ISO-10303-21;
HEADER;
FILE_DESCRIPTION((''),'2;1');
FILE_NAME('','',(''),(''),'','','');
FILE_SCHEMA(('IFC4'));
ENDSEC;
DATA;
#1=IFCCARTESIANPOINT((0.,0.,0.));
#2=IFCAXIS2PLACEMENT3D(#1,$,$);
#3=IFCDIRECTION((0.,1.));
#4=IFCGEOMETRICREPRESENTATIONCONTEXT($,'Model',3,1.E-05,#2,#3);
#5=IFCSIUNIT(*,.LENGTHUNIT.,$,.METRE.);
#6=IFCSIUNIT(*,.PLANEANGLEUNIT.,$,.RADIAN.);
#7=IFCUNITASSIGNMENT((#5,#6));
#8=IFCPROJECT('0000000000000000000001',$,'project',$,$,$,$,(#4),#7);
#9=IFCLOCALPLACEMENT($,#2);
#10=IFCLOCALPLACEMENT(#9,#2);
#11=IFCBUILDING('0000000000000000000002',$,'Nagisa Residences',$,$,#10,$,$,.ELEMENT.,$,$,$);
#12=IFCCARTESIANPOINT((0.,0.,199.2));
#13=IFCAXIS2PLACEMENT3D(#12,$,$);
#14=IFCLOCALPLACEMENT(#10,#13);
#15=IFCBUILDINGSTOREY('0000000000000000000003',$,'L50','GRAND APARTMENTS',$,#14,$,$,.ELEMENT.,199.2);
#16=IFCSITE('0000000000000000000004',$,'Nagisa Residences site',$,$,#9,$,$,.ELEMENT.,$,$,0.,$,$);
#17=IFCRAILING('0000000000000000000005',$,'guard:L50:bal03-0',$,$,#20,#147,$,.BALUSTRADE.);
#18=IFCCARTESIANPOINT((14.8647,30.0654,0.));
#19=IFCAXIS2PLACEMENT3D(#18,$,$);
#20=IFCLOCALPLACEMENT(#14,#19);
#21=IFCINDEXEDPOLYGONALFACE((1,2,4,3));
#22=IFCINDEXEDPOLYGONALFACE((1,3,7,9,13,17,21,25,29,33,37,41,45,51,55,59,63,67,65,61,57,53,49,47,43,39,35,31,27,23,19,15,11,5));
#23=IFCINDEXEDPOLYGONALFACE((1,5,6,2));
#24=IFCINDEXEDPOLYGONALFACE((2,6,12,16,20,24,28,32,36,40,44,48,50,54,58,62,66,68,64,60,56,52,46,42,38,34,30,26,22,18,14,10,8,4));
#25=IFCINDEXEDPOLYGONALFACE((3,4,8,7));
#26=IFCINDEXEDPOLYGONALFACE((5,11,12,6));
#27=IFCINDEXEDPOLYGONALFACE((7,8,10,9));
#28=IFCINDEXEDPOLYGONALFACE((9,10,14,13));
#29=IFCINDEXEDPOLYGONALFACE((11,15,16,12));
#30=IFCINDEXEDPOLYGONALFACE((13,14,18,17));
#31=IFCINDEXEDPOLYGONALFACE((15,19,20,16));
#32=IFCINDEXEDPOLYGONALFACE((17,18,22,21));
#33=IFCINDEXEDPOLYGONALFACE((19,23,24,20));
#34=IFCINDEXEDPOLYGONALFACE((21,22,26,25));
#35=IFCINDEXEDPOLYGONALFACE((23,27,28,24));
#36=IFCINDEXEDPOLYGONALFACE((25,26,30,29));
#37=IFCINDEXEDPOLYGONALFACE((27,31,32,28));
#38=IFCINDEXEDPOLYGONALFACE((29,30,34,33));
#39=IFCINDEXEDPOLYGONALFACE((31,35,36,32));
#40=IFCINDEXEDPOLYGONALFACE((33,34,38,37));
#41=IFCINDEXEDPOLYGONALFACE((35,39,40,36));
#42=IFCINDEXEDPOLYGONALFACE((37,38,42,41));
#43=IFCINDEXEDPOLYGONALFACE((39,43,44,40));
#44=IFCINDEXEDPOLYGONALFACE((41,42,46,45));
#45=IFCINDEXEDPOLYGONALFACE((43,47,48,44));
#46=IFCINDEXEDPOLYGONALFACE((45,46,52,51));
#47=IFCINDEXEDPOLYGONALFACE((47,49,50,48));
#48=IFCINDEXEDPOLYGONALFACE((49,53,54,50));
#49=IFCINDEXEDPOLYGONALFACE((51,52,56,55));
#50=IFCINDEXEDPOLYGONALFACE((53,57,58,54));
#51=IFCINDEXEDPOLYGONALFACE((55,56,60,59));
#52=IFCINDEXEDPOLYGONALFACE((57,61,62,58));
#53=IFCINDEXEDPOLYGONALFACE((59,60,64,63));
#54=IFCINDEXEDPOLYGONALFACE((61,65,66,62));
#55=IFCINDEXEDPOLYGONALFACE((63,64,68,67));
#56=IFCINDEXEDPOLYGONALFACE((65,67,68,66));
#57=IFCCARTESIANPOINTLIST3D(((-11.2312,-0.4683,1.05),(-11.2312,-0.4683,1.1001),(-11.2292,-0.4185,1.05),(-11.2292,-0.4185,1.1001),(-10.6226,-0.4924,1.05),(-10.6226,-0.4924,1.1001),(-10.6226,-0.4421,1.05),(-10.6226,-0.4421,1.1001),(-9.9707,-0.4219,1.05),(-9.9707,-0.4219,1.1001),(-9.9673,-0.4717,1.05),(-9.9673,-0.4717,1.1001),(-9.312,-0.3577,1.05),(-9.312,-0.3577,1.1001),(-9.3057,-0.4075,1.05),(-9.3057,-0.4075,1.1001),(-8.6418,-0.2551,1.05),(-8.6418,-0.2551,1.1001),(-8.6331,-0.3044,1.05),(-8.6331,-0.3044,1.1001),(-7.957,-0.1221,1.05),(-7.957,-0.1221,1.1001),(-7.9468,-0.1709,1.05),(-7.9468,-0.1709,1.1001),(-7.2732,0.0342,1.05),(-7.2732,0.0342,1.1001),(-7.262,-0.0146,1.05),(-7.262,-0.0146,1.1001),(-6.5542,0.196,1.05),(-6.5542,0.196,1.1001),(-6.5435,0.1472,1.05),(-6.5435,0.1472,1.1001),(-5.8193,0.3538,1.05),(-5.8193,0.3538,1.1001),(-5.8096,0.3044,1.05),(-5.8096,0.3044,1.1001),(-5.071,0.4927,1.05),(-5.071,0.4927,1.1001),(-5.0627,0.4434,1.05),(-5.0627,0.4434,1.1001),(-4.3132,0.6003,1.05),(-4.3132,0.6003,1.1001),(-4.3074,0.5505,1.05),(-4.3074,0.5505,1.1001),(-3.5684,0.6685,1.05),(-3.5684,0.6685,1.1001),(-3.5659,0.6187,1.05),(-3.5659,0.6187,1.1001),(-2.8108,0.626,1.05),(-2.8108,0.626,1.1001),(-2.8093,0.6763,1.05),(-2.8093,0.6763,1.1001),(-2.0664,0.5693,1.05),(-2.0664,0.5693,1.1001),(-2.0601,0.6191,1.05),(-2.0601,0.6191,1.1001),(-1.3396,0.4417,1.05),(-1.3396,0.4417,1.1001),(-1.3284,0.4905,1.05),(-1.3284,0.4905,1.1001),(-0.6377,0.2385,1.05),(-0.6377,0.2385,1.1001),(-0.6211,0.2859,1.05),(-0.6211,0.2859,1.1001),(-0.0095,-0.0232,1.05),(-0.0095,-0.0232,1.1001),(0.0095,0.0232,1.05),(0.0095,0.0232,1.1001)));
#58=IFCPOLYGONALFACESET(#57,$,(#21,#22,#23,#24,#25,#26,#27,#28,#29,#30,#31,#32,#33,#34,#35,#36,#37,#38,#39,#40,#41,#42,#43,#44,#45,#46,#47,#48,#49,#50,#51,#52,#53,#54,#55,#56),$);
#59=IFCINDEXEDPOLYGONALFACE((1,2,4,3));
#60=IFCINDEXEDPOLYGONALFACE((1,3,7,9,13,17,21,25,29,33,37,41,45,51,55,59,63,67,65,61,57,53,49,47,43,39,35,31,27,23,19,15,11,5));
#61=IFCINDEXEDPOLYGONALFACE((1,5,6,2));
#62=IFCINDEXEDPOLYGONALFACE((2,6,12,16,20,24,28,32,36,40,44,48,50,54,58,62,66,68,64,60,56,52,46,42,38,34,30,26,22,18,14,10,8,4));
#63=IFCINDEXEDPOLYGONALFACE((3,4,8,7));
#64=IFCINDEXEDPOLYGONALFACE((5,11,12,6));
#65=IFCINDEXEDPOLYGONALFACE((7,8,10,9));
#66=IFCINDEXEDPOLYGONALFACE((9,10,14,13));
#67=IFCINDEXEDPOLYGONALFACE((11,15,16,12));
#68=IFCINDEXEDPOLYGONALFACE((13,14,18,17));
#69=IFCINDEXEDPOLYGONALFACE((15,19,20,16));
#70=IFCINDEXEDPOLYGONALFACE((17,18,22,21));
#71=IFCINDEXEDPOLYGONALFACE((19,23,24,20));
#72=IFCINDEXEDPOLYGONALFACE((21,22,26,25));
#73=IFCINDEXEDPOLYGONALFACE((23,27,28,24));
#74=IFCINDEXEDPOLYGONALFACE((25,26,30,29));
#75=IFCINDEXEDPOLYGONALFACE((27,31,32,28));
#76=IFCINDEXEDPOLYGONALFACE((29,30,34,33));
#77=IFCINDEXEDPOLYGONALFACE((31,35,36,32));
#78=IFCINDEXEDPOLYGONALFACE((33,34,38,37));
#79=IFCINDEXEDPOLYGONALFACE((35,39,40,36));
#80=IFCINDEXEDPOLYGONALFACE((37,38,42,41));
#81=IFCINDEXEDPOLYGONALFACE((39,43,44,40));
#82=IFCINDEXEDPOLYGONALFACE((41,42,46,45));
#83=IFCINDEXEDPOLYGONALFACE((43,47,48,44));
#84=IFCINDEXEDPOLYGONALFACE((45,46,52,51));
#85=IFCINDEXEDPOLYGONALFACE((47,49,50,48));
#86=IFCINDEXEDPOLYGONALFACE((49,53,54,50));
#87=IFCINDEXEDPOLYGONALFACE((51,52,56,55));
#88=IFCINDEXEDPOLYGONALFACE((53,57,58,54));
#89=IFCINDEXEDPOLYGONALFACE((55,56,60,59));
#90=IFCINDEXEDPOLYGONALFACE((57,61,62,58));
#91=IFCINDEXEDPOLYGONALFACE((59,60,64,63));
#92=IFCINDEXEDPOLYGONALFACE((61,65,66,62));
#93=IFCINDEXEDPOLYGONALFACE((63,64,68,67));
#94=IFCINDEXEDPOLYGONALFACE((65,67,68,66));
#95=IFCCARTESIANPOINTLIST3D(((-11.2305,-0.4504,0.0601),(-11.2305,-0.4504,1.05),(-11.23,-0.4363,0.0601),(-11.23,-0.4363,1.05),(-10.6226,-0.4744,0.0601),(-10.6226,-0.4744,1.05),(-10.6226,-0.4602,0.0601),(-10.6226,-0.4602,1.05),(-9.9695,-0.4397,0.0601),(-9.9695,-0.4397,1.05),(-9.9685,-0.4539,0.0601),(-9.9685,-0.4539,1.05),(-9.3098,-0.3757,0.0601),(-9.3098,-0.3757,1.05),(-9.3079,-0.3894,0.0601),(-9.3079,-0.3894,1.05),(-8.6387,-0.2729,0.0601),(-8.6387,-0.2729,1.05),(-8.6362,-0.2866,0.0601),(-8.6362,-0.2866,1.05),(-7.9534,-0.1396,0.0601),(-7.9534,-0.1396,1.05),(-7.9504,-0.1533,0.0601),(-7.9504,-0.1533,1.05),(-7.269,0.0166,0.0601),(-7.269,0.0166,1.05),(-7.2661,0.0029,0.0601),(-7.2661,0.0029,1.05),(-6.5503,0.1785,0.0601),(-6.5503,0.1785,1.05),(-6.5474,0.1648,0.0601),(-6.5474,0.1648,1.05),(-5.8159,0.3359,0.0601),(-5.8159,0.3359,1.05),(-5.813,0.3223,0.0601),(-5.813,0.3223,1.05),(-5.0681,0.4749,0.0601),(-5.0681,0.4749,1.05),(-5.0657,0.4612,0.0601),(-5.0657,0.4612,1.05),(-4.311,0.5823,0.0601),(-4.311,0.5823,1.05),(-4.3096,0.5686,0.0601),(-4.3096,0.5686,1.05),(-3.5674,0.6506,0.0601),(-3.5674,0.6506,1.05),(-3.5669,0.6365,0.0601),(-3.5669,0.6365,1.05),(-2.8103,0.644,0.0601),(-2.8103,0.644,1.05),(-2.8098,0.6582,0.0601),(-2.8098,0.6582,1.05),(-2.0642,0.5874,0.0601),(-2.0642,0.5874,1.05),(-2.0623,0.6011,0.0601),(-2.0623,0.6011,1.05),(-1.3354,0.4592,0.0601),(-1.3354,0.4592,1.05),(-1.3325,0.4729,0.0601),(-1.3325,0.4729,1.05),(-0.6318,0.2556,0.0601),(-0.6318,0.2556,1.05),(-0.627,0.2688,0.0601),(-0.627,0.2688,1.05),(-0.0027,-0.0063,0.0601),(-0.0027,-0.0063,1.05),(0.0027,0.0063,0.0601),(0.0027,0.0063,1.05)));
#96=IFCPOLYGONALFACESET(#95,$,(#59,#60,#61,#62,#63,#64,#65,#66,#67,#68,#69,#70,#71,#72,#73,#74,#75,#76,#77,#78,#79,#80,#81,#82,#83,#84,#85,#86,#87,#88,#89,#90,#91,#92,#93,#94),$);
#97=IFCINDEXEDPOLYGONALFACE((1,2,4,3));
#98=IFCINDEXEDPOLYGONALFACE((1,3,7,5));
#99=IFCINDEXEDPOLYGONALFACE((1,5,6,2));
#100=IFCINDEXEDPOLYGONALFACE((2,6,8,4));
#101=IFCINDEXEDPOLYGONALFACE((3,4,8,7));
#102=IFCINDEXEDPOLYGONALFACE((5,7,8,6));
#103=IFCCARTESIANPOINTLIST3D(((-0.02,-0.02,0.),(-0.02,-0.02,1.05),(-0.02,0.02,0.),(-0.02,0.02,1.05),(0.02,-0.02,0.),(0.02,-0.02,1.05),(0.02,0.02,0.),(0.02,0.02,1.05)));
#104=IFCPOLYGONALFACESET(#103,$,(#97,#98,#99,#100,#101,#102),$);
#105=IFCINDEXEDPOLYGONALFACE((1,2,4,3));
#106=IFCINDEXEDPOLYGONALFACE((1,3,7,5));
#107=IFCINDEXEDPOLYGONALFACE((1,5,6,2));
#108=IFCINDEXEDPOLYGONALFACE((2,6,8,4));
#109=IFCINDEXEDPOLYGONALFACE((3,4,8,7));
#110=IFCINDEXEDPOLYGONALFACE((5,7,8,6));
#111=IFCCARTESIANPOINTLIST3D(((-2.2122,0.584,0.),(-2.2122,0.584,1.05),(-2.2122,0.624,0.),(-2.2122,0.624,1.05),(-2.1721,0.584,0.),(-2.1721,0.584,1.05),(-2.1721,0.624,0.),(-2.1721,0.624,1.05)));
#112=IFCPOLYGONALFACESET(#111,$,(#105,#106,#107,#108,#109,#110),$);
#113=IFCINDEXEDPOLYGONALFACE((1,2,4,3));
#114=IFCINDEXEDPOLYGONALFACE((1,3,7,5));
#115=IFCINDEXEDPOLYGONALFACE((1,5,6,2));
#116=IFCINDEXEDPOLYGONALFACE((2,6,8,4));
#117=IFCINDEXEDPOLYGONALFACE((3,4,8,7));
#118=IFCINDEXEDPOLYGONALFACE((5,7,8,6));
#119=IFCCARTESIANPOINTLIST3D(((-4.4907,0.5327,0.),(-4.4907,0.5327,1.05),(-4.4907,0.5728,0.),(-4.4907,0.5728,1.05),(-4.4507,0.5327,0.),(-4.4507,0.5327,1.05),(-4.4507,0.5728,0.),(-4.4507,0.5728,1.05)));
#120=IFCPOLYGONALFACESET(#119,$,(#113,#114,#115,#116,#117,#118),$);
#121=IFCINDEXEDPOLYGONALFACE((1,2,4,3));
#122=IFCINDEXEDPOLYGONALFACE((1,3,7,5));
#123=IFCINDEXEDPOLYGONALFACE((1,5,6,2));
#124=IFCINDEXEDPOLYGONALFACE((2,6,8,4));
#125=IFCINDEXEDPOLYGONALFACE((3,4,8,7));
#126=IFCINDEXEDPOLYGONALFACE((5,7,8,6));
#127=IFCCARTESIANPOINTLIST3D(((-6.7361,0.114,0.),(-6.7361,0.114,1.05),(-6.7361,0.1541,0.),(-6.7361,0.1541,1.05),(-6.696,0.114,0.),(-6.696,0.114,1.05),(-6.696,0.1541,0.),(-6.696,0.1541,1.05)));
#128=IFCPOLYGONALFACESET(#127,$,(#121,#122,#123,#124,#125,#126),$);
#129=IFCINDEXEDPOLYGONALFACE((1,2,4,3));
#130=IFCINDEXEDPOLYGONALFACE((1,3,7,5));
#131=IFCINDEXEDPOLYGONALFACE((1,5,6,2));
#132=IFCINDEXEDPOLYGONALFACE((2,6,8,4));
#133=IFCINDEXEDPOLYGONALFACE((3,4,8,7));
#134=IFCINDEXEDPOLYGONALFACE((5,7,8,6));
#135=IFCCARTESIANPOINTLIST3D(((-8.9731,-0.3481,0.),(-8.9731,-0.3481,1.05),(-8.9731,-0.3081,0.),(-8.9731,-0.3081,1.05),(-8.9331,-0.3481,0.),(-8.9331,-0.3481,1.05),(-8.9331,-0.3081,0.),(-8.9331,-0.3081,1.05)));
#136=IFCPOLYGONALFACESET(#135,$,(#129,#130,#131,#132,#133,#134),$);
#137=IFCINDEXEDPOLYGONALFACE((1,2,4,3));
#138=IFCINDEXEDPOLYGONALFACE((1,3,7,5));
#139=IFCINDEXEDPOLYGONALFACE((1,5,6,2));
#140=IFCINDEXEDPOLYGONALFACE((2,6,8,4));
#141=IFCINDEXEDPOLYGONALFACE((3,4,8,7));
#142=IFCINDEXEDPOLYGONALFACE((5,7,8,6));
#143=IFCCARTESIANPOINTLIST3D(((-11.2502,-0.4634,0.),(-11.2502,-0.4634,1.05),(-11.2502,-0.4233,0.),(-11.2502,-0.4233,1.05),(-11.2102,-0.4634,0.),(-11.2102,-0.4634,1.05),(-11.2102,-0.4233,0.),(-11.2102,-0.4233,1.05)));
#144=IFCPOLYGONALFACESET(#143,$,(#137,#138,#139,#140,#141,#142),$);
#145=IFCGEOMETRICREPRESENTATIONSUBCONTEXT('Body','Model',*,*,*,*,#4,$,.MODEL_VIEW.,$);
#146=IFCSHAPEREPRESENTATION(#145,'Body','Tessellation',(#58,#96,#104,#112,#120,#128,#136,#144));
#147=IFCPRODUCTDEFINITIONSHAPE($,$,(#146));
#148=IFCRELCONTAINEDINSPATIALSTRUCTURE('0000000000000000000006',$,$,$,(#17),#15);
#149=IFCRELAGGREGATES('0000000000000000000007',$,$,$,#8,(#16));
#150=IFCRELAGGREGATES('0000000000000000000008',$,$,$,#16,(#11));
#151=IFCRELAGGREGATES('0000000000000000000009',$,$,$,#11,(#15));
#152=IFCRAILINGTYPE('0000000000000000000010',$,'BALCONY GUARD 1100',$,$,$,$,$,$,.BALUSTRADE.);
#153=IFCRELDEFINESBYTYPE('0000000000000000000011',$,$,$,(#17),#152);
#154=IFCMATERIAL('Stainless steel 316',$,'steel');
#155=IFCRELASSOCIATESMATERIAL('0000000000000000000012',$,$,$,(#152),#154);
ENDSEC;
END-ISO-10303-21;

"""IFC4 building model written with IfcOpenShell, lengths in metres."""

from ifc_helpers import new_model, si_unit, direction, frame, origin, origin_2d, place, context, subcontext, project, spatial, polyline, rectangle, outline, extrude, material, type_object, element, save


model = new_model("IFC4")

# Units and contexts
model_context = context("Model", 3, precision=1e-05, world=origin(), true_north=direction((0.0, 1.0)))
body_context = subcontext(model_context, "Body", "Model", "MODEL_VIEW")
ifc_project = project(units=[si_unit("LENGTHUNIT", "METRE"), si_unit("PLANEANGLEUNIT", "RADIAN")], contexts=[model_context])

# Site, building, storey
site_placement = place(None, origin())
site = spatial("IfcSite", under=ifc_project, at=site_placement, Name="Nagisa Residences site", CompositionType="ELEMENT", RefElevation=0.0)
building_placement = place(site_placement, origin())
building = spatial("IfcBuilding", under=site, at=building_placement, Name="Nagisa Residences", CompositionType="ELEMENT")
storey_placement = place(building_placement, frame((0.0, 0.0, 199.2)))
storey = spatial("IfcBuildingStorey", under=building, at=storey_placement, Name="L50", Description="GRAND APARTMENTS", CompositionType="ELEMENT", Elevation=199.2)

# Railing
ifc_material_1 = material(Name="Stainless steel 316", Category="steel")
railing_type = type_object("IfcRailingType", Name="BALCONY GUARD 1100", PredefinedType="BALUSTRADE", material=ifc_material_1)
railing_1_placement = place(storey_placement, frame((14.8647, 30.0654, 0.0)))
element("IfcRailing", 1, at=railing_1_placement, inside=storey, type_object=railing_type, Name="guard:L50:bal03-0", PredefinedType="BALUSTRADE", context=body_context, shape_type="SweptSolid", body=[
    extrude(outline(polyline([(-0.6377, 0.2385), (-0.0095, -0.0232), (0.0095, 0.0232), (-0.6211, 0.2859), (-1.3284, 0.4905), (-2.0601, 0.6191), (-2.8093, 0.6763), (-3.5684, 0.6685), (-4.3132, 0.6003), (-5.071, 0.4927), (-5.8193, 0.3538), (-6.5542, 0.196), (-7.2732, 0.0342), (-7.957, -0.1221), (-8.6418, -0.2551), (-9.312, -0.3577), (-9.9707, -0.4219), (-10.6226, -0.4421), (-11.2292, -0.4185), (-11.2312, -0.4683), (-10.6226, -0.4924), (-9.9673, -0.4717), (-9.3057, -0.4075), (-8.6331, -0.3044), (-7.9468, -0.1709), (-7.262, -0.0146), (-6.5435, 0.1472), (-5.8096, 0.3044), (-5.0627, 0.4434), (-4.3074, 0.5505), (-3.5659, 0.6187), (-2.8108, 0.626), (-2.0664, 0.5693), (-1.3396, 0.4417), (-0.6377, 0.2385)])), frame((0.0, 0.0, 1.05)), (0.0, 0.0, 1.0), 0.05),
    extrude(outline(polyline([(-0.6318, 0.2556), (-0.0027, -0.0063), (0.0027, 0.0063), (-0.627, 0.2688), (-1.3325, 0.4729), (-2.0623, 0.6011), (-2.8098, 0.6582), (-3.5674, 0.6506), (-4.311, 0.5823), (-5.0681, 0.4749), (-5.8159, 0.3359), (-6.5503, 0.1785), (-7.269, 0.0166), (-7.9534, -0.1396), (-8.6387, -0.2729), (-9.3098, -0.3757), (-9.9695, -0.4397), (-10.6226, -0.4602), (-11.23, -0.4363), (-11.2305, -0.4504), (-10.6226, -0.4744), (-9.9685, -0.4539), (-9.3079, -0.3894), (-8.6362, -0.2866), (-7.9504, -0.1533), (-7.2661, 0.0029), (-6.5474, 0.1648), (-5.813, 0.3223), (-5.0657, 0.4612), (-4.3096, 0.5686), (-3.5669, 0.6365), (-2.8103, 0.644), (-2.0642, 0.5874), (-1.3354, 0.4592), (-0.6318, 0.2556)])), frame((0.0, 0.0, 0.0601)), (0.0, 0.0, 1.0), 0.99),
    extrude(rectangle(XDim=0.04, YDim=0.04, at=origin_2d()), origin(), (0.0, 0.0, 1.0), 1.05),
    extrude(rectangle(XDim=0.04, YDim=0.04, at=origin_2d()), frame((-2.1921, 0.604, 0.0)), (0.0, 0.0, 1.0), 1.05),
    extrude(rectangle(XDim=0.04, YDim=0.04, at=origin_2d()), frame((-4.4707, 0.5527, 0.0)), (0.0, 0.0, 1.0), 1.05),
    extrude(rectangle(XDim=0.04, YDim=0.04, at=origin_2d()), frame((-6.7161, 0.134, 0.0)), (0.0, 0.0, 1.0), 1.05),
    extrude(rectangle(XDim=0.04, YDim=0.04, at=origin_2d()), frame((-8.9531, -0.3281, 0.0)), (0.0, 0.0, 1.0), 1.05),
    extrude(rectangle(XDim=0.04, YDim=0.04, at=origin_2d()), frame((-11.2302, -0.4434, 0.0)), (0.0, 0.0, 1.0), 1.05),
])

save(model, "model.ifc")
